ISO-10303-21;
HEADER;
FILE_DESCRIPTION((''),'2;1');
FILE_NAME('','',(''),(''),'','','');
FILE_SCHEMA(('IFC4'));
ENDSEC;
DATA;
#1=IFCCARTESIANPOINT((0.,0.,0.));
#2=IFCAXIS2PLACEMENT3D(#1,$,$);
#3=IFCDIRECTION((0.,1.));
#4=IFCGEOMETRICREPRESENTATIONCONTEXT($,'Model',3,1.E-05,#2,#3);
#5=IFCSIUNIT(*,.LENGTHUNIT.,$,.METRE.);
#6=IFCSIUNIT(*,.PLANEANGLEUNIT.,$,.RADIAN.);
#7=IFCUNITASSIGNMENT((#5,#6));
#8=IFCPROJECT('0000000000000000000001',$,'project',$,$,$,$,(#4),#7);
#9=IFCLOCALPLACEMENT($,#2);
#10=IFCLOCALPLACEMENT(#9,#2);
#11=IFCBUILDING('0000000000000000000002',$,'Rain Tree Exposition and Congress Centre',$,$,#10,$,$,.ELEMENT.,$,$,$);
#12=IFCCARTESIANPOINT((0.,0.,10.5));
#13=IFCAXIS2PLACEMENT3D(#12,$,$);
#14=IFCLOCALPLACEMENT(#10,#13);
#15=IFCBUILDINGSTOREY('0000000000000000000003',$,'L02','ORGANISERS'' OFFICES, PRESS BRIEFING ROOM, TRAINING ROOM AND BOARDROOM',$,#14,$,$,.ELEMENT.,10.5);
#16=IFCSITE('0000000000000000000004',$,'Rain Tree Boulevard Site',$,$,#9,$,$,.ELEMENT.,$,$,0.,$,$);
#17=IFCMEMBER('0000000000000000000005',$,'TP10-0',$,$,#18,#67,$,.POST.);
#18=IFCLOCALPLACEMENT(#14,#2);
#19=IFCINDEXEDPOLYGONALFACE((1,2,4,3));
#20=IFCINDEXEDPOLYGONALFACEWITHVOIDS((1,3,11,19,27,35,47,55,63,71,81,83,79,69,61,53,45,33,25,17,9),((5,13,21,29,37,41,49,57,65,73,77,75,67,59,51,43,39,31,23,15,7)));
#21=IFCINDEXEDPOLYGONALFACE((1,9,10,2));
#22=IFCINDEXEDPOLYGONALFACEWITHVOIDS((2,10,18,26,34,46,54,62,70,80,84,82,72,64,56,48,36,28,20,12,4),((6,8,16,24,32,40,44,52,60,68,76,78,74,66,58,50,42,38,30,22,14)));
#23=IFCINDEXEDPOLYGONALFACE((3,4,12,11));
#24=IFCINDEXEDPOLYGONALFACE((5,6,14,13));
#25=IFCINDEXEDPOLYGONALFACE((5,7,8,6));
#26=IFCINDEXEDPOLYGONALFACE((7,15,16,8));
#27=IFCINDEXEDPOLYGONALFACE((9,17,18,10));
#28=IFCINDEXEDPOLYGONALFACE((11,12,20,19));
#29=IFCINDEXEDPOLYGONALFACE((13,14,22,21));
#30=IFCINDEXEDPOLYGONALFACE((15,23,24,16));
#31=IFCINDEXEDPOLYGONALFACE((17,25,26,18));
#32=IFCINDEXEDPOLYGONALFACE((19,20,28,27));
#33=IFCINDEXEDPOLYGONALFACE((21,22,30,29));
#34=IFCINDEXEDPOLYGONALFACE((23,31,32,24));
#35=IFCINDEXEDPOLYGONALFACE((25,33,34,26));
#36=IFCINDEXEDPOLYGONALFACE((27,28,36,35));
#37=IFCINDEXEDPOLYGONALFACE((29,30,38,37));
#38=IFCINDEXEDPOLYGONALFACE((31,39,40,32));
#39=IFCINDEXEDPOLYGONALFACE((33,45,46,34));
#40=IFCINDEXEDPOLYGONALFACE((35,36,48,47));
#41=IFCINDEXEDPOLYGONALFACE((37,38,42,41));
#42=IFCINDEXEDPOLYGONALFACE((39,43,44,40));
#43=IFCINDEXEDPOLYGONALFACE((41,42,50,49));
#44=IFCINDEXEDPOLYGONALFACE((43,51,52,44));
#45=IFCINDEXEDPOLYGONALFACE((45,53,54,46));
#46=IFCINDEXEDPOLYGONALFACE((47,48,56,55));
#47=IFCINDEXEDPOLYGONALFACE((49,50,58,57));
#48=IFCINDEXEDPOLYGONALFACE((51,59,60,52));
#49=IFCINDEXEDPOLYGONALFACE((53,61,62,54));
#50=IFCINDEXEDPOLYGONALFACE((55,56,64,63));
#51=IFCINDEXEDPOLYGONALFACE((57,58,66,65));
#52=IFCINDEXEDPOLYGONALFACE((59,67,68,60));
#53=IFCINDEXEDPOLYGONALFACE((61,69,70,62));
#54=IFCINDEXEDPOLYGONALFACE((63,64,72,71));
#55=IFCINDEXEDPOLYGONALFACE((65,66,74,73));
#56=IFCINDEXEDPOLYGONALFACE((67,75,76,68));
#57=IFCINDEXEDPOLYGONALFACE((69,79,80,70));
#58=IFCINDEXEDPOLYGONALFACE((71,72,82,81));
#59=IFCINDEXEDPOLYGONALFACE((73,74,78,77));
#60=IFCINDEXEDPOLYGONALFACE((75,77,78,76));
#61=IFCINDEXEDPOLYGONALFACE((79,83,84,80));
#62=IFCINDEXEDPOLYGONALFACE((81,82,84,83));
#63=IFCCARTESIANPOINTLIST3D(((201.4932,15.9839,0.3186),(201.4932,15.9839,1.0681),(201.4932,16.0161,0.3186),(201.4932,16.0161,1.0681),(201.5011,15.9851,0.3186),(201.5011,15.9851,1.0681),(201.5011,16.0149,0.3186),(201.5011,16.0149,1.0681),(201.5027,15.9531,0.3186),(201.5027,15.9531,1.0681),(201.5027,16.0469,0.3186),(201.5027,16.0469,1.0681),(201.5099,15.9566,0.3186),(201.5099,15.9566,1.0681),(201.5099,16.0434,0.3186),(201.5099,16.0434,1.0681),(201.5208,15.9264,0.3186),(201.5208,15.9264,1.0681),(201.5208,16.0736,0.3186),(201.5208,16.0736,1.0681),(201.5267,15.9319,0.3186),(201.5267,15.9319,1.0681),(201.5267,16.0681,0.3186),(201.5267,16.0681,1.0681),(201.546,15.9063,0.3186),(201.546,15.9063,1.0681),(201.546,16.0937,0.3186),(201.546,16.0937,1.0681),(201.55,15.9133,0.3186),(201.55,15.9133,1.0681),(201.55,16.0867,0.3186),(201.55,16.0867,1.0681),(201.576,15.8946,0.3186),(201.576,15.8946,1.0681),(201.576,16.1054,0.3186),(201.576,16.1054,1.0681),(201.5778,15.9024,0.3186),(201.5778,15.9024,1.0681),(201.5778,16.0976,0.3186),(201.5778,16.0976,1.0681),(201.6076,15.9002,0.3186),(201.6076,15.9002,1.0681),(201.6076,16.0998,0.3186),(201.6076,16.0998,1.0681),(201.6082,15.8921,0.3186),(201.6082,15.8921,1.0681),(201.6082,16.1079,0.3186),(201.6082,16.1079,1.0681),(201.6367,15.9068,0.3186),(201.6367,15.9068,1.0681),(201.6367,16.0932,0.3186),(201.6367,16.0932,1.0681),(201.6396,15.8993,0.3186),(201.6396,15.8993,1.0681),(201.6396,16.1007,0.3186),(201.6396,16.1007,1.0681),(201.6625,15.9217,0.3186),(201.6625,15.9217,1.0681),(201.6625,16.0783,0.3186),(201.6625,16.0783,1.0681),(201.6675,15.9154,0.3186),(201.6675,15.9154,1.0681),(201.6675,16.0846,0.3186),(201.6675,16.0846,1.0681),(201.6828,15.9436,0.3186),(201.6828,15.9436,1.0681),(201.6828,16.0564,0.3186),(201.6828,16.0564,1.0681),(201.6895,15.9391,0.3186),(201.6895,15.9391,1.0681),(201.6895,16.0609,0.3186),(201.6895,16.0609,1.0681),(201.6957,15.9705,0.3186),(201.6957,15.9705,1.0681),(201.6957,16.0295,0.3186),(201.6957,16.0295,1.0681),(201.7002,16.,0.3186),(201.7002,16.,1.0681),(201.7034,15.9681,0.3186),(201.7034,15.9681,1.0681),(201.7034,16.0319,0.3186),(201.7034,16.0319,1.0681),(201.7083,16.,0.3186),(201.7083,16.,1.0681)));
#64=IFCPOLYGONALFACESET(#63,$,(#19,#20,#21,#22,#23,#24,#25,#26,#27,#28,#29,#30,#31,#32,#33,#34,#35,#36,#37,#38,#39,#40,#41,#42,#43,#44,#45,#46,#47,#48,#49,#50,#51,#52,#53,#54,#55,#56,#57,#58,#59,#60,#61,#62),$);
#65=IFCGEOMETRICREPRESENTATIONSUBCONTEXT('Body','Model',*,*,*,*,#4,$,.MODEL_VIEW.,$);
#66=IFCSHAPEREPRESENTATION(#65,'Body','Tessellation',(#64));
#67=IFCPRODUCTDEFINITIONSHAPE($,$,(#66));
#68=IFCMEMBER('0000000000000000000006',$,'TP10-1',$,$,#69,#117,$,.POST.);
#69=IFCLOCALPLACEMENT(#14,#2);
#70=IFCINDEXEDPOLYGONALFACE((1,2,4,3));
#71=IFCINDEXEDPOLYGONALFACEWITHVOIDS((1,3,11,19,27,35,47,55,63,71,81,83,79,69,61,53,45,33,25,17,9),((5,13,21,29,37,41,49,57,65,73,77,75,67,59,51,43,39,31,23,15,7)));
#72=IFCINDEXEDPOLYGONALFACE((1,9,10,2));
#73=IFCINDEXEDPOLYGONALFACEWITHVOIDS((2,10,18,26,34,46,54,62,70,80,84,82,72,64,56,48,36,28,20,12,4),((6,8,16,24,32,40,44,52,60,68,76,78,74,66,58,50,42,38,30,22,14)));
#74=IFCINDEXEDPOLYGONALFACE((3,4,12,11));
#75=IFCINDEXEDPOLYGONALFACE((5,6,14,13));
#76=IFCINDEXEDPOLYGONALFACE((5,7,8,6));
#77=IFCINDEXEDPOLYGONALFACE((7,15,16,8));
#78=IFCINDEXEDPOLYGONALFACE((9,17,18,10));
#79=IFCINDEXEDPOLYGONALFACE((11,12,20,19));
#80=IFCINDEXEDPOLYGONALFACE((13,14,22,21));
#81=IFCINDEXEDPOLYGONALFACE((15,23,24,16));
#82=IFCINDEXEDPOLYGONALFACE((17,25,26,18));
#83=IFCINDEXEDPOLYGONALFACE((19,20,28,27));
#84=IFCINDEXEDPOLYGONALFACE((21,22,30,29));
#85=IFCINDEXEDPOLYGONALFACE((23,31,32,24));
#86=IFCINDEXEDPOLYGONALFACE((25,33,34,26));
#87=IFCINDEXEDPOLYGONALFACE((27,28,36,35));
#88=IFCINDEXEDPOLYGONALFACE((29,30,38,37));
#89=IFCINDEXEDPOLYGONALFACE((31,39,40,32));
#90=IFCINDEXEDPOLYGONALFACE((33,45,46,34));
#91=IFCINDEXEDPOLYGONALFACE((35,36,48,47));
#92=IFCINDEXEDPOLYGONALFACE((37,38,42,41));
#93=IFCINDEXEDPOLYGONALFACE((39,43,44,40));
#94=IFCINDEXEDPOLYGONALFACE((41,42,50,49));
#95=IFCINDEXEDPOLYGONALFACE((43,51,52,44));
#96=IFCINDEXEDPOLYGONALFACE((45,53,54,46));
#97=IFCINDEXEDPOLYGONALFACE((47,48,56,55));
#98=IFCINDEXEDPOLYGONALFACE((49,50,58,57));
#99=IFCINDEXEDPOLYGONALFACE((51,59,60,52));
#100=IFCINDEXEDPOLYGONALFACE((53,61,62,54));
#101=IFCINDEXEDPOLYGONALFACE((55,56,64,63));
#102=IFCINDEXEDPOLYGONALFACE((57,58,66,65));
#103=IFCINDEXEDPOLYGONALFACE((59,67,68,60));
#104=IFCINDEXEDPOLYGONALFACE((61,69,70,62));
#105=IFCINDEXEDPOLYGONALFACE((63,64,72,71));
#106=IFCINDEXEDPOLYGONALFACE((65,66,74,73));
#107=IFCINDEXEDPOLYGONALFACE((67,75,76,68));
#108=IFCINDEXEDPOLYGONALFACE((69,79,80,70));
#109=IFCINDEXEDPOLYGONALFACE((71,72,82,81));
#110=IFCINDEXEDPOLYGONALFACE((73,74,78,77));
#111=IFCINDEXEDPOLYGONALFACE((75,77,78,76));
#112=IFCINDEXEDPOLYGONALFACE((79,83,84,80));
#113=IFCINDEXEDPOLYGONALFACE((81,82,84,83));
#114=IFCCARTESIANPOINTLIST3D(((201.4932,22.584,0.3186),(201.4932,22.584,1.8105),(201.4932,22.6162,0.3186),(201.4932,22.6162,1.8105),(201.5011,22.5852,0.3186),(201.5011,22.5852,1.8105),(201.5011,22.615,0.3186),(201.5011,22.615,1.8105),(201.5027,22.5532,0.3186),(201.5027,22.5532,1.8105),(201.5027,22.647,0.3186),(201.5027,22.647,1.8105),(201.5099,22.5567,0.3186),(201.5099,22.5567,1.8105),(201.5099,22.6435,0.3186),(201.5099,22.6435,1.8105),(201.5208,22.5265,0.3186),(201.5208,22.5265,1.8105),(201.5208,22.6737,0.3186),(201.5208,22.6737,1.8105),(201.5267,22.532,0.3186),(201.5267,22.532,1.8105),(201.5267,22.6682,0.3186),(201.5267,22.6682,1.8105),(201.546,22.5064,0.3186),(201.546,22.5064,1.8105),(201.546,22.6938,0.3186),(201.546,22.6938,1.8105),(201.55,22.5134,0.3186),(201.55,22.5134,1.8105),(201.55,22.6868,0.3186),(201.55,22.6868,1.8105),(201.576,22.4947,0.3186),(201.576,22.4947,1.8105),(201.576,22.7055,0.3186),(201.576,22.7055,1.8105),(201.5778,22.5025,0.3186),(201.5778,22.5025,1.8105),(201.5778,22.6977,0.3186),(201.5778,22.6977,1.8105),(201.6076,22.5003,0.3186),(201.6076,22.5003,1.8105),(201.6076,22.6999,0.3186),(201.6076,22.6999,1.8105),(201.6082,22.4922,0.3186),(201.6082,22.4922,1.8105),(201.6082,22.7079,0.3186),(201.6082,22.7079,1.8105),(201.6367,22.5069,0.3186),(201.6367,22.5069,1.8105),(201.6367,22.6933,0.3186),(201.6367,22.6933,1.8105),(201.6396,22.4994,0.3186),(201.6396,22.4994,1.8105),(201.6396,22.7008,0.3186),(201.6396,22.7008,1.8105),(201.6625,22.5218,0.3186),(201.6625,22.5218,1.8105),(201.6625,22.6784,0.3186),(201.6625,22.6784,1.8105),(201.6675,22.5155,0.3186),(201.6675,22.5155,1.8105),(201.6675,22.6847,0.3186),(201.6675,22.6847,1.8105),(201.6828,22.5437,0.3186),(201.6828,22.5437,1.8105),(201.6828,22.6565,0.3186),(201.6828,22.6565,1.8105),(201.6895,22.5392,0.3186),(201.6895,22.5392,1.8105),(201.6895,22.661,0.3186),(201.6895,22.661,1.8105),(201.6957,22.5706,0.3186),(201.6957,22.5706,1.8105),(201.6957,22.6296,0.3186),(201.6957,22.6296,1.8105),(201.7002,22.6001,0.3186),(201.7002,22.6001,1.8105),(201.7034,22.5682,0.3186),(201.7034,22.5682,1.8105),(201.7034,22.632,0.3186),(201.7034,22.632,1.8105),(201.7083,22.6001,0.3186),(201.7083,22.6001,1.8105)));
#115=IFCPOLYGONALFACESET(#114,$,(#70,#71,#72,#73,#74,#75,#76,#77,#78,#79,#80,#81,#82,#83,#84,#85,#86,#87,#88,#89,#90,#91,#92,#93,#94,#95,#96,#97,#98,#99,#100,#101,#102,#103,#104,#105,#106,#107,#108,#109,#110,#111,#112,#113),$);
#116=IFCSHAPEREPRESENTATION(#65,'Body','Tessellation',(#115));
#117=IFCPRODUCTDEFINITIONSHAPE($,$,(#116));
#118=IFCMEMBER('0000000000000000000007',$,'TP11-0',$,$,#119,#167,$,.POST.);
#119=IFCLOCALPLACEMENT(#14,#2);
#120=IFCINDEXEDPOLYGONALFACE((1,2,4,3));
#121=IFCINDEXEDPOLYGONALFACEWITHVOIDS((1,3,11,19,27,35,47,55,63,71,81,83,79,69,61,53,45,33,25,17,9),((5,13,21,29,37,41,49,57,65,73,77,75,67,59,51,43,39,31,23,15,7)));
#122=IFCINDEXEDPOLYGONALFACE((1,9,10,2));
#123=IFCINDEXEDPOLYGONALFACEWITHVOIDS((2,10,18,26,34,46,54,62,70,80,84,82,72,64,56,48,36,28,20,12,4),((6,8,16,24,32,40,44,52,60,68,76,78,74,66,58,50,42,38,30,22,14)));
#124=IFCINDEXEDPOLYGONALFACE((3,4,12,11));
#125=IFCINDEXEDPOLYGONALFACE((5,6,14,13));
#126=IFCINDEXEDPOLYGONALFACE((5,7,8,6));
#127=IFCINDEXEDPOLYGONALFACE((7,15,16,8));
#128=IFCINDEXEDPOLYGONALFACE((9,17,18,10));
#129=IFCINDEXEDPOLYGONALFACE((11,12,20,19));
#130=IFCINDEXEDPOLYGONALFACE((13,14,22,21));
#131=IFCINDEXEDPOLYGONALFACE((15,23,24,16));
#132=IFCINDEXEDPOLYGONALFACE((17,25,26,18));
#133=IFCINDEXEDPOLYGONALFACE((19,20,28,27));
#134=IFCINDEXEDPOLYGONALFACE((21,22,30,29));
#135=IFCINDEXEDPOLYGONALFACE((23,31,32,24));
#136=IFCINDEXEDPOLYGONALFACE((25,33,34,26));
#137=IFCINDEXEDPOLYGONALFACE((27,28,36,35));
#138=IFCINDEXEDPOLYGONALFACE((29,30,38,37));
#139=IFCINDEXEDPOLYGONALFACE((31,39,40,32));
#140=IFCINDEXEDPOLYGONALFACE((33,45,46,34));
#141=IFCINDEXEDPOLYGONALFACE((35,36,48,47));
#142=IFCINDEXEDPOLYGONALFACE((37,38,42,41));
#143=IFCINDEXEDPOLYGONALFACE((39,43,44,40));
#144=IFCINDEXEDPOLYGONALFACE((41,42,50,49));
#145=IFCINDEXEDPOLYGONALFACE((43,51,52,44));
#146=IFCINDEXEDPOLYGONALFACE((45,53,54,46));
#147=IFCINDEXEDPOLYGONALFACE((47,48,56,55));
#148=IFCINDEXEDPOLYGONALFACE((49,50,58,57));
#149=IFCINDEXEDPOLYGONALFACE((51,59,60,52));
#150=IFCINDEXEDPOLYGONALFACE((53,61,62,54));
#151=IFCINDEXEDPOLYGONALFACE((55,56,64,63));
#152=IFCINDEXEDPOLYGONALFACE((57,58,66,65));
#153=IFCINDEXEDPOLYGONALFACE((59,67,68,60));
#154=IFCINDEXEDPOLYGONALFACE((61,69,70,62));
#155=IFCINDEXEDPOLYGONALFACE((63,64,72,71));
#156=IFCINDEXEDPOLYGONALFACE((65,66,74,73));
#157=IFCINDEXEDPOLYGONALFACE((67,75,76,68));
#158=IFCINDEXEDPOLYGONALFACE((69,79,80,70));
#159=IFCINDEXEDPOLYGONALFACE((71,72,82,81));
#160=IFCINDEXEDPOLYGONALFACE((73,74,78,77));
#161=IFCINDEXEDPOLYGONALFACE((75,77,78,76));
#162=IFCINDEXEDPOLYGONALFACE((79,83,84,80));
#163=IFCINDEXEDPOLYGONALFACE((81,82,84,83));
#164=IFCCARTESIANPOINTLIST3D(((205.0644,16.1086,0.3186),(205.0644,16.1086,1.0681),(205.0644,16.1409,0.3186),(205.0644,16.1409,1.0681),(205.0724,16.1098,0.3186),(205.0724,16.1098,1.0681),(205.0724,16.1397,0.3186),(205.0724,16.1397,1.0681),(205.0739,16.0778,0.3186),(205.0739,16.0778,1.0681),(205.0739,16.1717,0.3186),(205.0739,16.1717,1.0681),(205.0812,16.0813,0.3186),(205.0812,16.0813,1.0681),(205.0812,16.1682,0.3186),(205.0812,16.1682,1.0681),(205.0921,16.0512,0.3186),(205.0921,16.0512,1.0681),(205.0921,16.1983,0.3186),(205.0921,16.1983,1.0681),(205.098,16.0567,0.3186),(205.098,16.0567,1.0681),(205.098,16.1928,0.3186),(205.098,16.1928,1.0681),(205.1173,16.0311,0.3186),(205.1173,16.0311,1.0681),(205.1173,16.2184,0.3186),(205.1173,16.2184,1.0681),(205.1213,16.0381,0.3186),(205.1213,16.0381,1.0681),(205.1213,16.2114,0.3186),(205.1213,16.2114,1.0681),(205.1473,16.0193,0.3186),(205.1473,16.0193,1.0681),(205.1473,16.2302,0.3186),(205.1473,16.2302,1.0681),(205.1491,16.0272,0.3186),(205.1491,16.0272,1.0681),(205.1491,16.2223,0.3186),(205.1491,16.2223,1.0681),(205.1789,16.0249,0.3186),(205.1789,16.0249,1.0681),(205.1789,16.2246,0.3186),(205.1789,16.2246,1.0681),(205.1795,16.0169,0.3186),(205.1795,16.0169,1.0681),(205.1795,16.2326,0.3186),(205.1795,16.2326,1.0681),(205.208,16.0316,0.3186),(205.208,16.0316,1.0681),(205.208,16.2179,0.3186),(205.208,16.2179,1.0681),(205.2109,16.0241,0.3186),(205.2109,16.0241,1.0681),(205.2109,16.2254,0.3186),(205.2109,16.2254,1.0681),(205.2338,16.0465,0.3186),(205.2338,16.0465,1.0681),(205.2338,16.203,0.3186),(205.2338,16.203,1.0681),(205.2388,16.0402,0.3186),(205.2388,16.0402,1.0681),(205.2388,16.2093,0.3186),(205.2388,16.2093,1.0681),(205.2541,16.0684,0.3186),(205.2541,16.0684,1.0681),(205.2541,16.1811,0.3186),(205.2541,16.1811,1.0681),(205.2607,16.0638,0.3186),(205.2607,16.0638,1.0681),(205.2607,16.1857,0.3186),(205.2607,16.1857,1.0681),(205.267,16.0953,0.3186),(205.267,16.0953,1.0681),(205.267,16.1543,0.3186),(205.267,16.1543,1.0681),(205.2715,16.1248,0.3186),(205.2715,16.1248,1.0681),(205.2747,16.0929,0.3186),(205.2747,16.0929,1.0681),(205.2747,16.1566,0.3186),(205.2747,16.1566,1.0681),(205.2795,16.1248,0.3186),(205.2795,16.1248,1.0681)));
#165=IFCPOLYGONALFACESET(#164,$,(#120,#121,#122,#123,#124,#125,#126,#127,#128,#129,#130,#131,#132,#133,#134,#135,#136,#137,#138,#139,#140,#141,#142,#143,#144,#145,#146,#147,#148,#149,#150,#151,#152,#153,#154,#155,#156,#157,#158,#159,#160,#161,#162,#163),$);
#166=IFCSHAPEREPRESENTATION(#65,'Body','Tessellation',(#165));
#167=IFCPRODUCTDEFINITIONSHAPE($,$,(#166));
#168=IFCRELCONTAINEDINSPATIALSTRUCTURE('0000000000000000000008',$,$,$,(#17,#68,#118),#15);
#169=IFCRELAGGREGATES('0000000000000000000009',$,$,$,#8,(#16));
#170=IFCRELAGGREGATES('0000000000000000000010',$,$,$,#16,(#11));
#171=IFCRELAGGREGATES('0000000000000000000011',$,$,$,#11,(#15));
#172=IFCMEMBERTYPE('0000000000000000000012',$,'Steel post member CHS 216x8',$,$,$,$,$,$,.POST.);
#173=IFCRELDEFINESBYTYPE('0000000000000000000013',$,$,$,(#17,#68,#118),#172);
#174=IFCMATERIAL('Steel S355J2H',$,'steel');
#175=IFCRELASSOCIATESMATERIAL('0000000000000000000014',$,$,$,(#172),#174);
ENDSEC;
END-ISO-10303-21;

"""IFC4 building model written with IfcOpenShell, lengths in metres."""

from ifc_helpers import new_model, si_unit, direction, frame, origin, origin_2d, place, context, subcontext, project, spatial, hollow_circle, extrude, material, material_profile, profile_set, type_object, element, save


model = new_model("IFC4")

# Units and contexts
model_context = context("Model", 3, precision=1e-05, world=origin(), true_north=direction((0.0, 1.0)))
body_context = subcontext(model_context, "Body", "Model", "MODEL_VIEW")
ifc_project = project(units=[si_unit("LENGTHUNIT", "METRE"), si_unit("PLANEANGLEUNIT", "RADIAN")], contexts=[model_context])

# Site, building, storey
site_placement = place(None, origin())
site = spatial("IfcSite", under=ifc_project, at=site_placement, Name="Rain Tree Boulevard Site", CompositionType="ELEMENT", RefElevation=0.0)
building_placement = place(site_placement, origin())
building = spatial("IfcBuilding", under=site, at=building_placement, Name="Rain Tree Exposition and Congress Centre", CompositionType="ELEMENT")
storey_placement = place(building_placement, frame((0.0, 0.0, 10.5)))
storey = spatial("IfcBuildingStorey", under=building, at=storey_placement, Name="L02", Description="ORGANISERS' OFFICES, PRESS BRIEFING ROOM, TRAINING ROOM AND BOARDROOM", CompositionType="ELEMENT", Elevation=10.5)

# Members
ifc_material_1 = material(Name="Steel S355J2H", Category="steel")
ifc_material_profile_1 = material_profile(ifc_material_1, hollow_circle(Radius=0.1082, WallThickness=0.0081, at=origin_2d()), Name="CHS 216x8")
ifc_profile_set_1 = profile_set([ifc_material_profile_1], Name="Steel S355J2H")
member_type_1 = type_object("IfcMemberType", Name="Steel post member CHS 216x8", PredefinedType="POST", material=ifc_profile_set_1)
member_1_placement = place(storey_placement, frame((201.6001, 16.0, 0.3186), z_axis=(0.0, 0.0, 1.0), x_axis=(1.0, 0.0, 0.0)))
element("IfcMember", 1, at=member_1_placement, inside=storey, type_object=member_type_1, Name="TP10-0", PredefinedType="POST", context=body_context, shape_type="SweptSolid", body=[
    extrude(hollow_circle(Radius=0.1082, WallThickness=0.0081, at=origin_2d()), origin(), (0.0, 0.0, 1.0), 0.7495),
])
member_2_placement = place(storey_placement, frame((201.6001, 22.6001, 0.3186), z_axis=(0.0, 0.0, 1.0), x_axis=(1.0, 0.0, 0.0)))
element("IfcMember", 2, at=member_2_placement, inside=storey, type_object=member_type_1, Name="TP10-1", PredefinedType="POST", context=body_context, shape_type="SweptSolid", body=[
    extrude(hollow_circle(Radius=0.1082, WallThickness=0.0081, at=origin_2d()), origin(), (0.0, 0.0, 1.0), 1.4919),
])
for number, where, z_axis, x_axis, name in (
    (3, (205.1714, 16.1248, 0.3186), (0.0, 0.0, 1.0), (1.0, 0.0, 0.0), "TP11-0"),
):
    element("IfcMember", number, at=place(storey_placement, frame(where, z_axis=z_axis, x_axis=x_axis)), inside=storey, type_object=member_type_1, Name=name, PredefinedType="POST", context=body_context, shape_type="SweptSolid", body=[
        extrude(hollow_circle(Radius=0.1082, WallThickness=0.0081, at=origin_2d()), origin(), (0.0, 0.0, 1.0), 0.7495),
    ])

save(model, "model.ifc")
